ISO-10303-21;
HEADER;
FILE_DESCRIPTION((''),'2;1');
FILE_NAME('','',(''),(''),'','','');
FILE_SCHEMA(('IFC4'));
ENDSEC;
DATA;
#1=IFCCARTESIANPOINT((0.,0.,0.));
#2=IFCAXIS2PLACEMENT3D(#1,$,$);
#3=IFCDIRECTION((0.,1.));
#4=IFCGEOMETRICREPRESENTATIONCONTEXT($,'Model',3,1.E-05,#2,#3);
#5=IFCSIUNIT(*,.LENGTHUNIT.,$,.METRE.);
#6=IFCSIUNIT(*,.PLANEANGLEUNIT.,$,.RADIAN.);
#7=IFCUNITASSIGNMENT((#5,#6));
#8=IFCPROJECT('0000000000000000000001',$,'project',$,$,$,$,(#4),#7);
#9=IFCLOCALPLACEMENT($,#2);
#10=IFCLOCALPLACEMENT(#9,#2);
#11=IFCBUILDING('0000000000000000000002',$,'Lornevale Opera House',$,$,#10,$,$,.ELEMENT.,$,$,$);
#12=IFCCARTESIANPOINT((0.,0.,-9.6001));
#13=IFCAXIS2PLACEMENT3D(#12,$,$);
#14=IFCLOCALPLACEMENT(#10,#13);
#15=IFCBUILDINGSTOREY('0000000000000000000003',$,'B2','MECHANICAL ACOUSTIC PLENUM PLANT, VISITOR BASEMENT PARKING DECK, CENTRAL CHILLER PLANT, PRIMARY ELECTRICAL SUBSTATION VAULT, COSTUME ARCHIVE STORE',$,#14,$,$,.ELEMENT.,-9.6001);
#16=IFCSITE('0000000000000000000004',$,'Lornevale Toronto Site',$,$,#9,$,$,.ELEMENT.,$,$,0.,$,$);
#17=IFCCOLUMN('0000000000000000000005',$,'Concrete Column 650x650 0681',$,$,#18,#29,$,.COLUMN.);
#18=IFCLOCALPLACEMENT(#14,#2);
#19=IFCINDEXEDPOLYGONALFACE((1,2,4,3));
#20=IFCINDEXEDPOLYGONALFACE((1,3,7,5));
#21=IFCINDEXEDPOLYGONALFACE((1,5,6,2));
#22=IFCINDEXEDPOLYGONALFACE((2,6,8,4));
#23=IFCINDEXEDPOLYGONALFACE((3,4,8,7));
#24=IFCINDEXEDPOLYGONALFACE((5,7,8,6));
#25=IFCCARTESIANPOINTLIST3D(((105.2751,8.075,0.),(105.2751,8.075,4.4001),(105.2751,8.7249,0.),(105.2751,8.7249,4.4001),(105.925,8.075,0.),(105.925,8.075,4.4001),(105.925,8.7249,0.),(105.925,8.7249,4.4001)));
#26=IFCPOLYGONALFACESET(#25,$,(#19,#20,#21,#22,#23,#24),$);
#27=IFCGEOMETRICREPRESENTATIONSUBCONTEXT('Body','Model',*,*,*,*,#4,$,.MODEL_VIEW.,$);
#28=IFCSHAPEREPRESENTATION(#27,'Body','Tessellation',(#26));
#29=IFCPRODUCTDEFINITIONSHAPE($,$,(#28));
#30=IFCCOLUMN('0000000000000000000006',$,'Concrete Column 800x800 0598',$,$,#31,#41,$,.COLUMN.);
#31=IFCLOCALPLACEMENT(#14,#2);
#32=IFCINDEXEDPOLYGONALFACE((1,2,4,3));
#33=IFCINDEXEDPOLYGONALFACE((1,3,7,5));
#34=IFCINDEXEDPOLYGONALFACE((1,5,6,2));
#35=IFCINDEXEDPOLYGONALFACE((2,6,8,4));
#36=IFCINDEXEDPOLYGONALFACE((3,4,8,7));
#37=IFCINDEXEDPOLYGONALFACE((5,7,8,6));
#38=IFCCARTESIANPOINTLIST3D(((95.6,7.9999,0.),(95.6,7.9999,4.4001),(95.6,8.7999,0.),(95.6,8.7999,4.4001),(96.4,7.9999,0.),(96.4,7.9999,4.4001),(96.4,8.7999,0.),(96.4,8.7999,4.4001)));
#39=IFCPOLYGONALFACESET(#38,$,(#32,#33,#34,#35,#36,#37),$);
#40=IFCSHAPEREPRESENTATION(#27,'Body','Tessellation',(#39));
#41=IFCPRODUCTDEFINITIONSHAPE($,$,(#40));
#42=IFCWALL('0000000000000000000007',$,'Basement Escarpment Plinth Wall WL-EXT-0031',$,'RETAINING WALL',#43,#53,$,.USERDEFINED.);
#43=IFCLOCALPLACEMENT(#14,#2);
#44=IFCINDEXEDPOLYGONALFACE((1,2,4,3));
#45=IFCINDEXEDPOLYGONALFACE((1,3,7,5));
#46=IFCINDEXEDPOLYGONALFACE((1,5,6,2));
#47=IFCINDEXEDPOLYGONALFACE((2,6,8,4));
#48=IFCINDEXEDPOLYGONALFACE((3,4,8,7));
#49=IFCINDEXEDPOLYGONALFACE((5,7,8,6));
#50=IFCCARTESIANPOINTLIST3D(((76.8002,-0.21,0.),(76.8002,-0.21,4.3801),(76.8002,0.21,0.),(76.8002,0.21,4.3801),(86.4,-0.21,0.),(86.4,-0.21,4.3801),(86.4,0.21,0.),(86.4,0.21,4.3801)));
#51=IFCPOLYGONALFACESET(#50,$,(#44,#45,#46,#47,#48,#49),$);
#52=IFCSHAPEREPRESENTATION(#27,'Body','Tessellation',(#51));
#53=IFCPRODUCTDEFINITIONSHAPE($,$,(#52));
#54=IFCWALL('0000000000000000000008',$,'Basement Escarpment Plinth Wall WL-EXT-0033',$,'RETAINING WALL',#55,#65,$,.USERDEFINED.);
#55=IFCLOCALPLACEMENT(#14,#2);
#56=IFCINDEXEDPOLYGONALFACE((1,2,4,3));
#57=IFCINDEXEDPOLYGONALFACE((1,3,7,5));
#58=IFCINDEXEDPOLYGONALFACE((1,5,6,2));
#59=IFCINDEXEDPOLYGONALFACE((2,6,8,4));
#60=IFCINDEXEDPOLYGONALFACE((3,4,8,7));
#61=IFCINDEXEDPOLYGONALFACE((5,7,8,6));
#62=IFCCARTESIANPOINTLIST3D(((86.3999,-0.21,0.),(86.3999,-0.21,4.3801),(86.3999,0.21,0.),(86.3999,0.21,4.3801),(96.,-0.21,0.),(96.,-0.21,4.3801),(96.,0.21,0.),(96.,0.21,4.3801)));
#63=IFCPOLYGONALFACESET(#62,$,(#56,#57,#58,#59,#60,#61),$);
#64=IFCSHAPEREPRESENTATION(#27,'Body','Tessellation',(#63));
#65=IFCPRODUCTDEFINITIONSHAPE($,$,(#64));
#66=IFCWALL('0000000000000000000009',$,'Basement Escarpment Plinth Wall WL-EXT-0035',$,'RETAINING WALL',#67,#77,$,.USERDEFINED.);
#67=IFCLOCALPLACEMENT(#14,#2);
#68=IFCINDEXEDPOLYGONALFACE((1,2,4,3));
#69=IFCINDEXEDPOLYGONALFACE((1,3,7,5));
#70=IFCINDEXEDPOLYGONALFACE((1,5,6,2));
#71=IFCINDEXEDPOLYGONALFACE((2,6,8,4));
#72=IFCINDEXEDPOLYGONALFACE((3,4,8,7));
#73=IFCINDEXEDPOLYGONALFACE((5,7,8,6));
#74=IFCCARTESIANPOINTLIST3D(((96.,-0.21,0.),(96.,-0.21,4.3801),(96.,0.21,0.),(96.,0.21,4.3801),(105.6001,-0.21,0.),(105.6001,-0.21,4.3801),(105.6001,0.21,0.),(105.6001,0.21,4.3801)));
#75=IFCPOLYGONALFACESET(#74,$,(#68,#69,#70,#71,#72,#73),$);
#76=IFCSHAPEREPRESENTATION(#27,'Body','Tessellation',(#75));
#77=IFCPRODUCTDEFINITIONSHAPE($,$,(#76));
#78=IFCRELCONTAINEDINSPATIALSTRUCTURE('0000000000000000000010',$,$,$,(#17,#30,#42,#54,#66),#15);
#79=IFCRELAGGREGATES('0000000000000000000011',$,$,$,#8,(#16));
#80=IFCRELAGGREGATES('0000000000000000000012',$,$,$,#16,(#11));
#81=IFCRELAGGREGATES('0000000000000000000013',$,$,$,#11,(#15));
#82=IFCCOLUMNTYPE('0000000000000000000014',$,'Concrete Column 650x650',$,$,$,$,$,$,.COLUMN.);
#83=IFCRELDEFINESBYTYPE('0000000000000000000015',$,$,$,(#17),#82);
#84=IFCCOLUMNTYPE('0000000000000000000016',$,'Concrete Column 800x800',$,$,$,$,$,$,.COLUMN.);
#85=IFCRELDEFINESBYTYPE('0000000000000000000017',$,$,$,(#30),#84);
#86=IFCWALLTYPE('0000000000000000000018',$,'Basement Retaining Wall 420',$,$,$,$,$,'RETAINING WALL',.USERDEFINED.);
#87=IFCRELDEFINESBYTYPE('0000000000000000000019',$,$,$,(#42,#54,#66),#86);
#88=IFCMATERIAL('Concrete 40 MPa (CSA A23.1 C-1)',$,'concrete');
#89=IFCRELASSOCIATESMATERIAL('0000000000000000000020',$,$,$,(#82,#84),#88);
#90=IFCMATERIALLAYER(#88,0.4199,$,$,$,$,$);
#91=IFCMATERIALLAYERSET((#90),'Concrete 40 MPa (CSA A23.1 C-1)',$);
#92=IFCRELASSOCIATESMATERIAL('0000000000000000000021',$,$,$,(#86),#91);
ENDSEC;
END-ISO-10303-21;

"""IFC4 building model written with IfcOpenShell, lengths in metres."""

from ifc_helpers import new_model, si_unit, direction, frame, frame_2d, origin, origin_2d, place, context, subcontext, project, spatial, rectangle, extrude, material, layer, layer_set, material_profile, profile_set, type_object, element, save


model = new_model("IFC4")

# Units and contexts
model_context = context("Model", 3, precision=1e-05, world=origin(), true_north=direction((0.0, 1.0)))
body_context = subcontext(model_context, "Body", "Model", "MODEL_VIEW")
ifc_project = project(units=[si_unit("LENGTHUNIT", "METRE"), si_unit("PLANEANGLEUNIT", "RADIAN")], contexts=[model_context])

# Site, building, storey
site_placement = place(None, origin())
site = spatial("IfcSite", under=ifc_project, at=site_placement, Name="Lornevale Toronto Site", CompositionType="ELEMENT", RefElevation=0.0)
building_placement = place(site_placement, origin())
building = spatial("IfcBuilding", under=site, at=building_placement, Name="Lornevale Opera House", CompositionType="ELEMENT")
storey_placement = place(building_placement, frame((0.0, 0.0, -9.6001)))
storey = spatial("IfcBuildingStorey", under=building, at=storey_placement, Name="B2", Description="MECHANICAL ACOUSTIC PLENUM PLANT, VISITOR BASEMENT PARKING DECK, CENTRAL CHILLER PLANT, PRIMARY ELECTRICAL SUBSTATION VAULT, COSTUME ARCHIVE STORE", CompositionType="ELEMENT", Elevation=-9.6001)

# Shared definitions
ifc_material_1 = material(Name="Concrete 40 MPa (CSA A23.1 C-1)", Category="concrete")

# Columns
ifc_material_profile_1 = material_profile(ifc_material_1, rectangle(XDim=0.6499, YDim=0.6499, at=origin_2d()), Name="RC650x650")
ifc_profile_set_1 = profile_set([ifc_material_profile_1], Name="Concrete 40 MPa (CSA A23.1 C-1)")
column_type_1 = type_object("IfcColumnType", Name="Concrete Column 650x650", PredefinedType="COLUMN", material=ifc_profile_set_1)
for number, where, z_axis, x_axis, name in (
    (1, (105.6001, 8.3999, 0.0), (0.0, 0.0, 1.0), (1.0, 0.0, 0.0), "Concrete Column 650x650 0681"),
):
    element("IfcColumn", number, at=place(storey_placement, frame(where, z_axis=z_axis, x_axis=x_axis)), inside=storey, type_object=column_type_1, Name=name, PredefinedType="COLUMN", context=body_context, shape_type="SweptSolid", body=[
        extrude(rectangle(XDim=0.6499, YDim=0.6499, at=origin_2d()), origin(), (0.0, 0.0, 1.0), 4.4001),
    ])
ifc_material_profile_2 = material_profile(ifc_material_1, rectangle(XDim=0.8, YDim=0.8, at=origin_2d()), Name="RC800x800")
ifc_profile_set_2 = profile_set([ifc_material_profile_2], Name="Concrete 40 MPa (CSA A23.1 C-1)")
column_type_2 = type_object("IfcColumnType", Name="Concrete Column 800x800", PredefinedType="COLUMN", material=ifc_profile_set_2)
column_placement = place(storey_placement, frame((96.0, 8.3999, 0.0), z_axis=(0.0, 0.0, 1.0), x_axis=(1.0, 0.0, 0.0)))
element("IfcColumn", 2, at=column_placement, inside=storey, type_object=column_type_2, Name="Concrete Column 800x800 0598", PredefinedType="COLUMN", context=body_context, shape_type="SweptSolid", body=[
    extrude(rectangle(XDim=0.8, YDim=0.8, at=origin_2d()), origin(), (0.0, 0.0, 1.0), 4.4001),
])

# Walls
ifc_layer_1 = layer(ifc_material_1, 0.4199)
ifc_layer_set_1 = layer_set([ifc_layer_1], Name="Concrete 40 MPa (CSA A23.1 C-1)")
wall_type = type_object("IfcWallType", Name="Basement Retaining Wall 420", ElementType="RETAINING WALL", PredefinedType="USERDEFINED", material=ifc_layer_set_1)
wall_placement = place(storey_placement, frame((86.3999, 0.0, 0.0), z_axis=(0.0, 0.0, 1.0), x_axis=(-1.0, 0.0, 0.0)))
element("IfcWall", 3, at=wall_placement, inside=storey, type_object=wall_type, Name="Basement Escarpment Plinth Wall WL-EXT-0031", ObjectType="RETAINING WALL", PredefinedType="USERDEFINED", context=body_context, shape_type="SweptSolid", body=[
    extrude(rectangle(XDim=9.5999, YDim=0.4199, at=frame_2d((4.7998, 0.0))), origin(), (0.0, 0.0, 1.0), 4.3801),
])
for number, where, z_axis, x_axis, name in (
    (4, (96.0, 0.0, 0.0), (0.0, 0.0, 1.0), (-1.0, 0.0, 0.0), "Basement Escarpment Plinth Wall WL-EXT-0033"),
    (5, (105.6001, 0.0, 0.0), (0.0, 0.0, 1.0), (-1.0, 0.0, 0.0), "Basement Escarpment Plinth Wall WL-EXT-0035"),
):
    element("IfcWall", number, at=place(storey_placement, frame(where, z_axis=z_axis, x_axis=x_axis)), inside=storey, type_object=wall_type, Name=name, ObjectType="RETAINING WALL", PredefinedType="USERDEFINED", context=body_context, shape_type="SweptSolid", body=[
        extrude(rectangle(XDim=9.6001, YDim=0.4199, at=frame_2d((4.8, 0.0))), origin(), (0.0, 0.0, 1.0), 4.3801),
    ])

save(model, "model.ifc")
